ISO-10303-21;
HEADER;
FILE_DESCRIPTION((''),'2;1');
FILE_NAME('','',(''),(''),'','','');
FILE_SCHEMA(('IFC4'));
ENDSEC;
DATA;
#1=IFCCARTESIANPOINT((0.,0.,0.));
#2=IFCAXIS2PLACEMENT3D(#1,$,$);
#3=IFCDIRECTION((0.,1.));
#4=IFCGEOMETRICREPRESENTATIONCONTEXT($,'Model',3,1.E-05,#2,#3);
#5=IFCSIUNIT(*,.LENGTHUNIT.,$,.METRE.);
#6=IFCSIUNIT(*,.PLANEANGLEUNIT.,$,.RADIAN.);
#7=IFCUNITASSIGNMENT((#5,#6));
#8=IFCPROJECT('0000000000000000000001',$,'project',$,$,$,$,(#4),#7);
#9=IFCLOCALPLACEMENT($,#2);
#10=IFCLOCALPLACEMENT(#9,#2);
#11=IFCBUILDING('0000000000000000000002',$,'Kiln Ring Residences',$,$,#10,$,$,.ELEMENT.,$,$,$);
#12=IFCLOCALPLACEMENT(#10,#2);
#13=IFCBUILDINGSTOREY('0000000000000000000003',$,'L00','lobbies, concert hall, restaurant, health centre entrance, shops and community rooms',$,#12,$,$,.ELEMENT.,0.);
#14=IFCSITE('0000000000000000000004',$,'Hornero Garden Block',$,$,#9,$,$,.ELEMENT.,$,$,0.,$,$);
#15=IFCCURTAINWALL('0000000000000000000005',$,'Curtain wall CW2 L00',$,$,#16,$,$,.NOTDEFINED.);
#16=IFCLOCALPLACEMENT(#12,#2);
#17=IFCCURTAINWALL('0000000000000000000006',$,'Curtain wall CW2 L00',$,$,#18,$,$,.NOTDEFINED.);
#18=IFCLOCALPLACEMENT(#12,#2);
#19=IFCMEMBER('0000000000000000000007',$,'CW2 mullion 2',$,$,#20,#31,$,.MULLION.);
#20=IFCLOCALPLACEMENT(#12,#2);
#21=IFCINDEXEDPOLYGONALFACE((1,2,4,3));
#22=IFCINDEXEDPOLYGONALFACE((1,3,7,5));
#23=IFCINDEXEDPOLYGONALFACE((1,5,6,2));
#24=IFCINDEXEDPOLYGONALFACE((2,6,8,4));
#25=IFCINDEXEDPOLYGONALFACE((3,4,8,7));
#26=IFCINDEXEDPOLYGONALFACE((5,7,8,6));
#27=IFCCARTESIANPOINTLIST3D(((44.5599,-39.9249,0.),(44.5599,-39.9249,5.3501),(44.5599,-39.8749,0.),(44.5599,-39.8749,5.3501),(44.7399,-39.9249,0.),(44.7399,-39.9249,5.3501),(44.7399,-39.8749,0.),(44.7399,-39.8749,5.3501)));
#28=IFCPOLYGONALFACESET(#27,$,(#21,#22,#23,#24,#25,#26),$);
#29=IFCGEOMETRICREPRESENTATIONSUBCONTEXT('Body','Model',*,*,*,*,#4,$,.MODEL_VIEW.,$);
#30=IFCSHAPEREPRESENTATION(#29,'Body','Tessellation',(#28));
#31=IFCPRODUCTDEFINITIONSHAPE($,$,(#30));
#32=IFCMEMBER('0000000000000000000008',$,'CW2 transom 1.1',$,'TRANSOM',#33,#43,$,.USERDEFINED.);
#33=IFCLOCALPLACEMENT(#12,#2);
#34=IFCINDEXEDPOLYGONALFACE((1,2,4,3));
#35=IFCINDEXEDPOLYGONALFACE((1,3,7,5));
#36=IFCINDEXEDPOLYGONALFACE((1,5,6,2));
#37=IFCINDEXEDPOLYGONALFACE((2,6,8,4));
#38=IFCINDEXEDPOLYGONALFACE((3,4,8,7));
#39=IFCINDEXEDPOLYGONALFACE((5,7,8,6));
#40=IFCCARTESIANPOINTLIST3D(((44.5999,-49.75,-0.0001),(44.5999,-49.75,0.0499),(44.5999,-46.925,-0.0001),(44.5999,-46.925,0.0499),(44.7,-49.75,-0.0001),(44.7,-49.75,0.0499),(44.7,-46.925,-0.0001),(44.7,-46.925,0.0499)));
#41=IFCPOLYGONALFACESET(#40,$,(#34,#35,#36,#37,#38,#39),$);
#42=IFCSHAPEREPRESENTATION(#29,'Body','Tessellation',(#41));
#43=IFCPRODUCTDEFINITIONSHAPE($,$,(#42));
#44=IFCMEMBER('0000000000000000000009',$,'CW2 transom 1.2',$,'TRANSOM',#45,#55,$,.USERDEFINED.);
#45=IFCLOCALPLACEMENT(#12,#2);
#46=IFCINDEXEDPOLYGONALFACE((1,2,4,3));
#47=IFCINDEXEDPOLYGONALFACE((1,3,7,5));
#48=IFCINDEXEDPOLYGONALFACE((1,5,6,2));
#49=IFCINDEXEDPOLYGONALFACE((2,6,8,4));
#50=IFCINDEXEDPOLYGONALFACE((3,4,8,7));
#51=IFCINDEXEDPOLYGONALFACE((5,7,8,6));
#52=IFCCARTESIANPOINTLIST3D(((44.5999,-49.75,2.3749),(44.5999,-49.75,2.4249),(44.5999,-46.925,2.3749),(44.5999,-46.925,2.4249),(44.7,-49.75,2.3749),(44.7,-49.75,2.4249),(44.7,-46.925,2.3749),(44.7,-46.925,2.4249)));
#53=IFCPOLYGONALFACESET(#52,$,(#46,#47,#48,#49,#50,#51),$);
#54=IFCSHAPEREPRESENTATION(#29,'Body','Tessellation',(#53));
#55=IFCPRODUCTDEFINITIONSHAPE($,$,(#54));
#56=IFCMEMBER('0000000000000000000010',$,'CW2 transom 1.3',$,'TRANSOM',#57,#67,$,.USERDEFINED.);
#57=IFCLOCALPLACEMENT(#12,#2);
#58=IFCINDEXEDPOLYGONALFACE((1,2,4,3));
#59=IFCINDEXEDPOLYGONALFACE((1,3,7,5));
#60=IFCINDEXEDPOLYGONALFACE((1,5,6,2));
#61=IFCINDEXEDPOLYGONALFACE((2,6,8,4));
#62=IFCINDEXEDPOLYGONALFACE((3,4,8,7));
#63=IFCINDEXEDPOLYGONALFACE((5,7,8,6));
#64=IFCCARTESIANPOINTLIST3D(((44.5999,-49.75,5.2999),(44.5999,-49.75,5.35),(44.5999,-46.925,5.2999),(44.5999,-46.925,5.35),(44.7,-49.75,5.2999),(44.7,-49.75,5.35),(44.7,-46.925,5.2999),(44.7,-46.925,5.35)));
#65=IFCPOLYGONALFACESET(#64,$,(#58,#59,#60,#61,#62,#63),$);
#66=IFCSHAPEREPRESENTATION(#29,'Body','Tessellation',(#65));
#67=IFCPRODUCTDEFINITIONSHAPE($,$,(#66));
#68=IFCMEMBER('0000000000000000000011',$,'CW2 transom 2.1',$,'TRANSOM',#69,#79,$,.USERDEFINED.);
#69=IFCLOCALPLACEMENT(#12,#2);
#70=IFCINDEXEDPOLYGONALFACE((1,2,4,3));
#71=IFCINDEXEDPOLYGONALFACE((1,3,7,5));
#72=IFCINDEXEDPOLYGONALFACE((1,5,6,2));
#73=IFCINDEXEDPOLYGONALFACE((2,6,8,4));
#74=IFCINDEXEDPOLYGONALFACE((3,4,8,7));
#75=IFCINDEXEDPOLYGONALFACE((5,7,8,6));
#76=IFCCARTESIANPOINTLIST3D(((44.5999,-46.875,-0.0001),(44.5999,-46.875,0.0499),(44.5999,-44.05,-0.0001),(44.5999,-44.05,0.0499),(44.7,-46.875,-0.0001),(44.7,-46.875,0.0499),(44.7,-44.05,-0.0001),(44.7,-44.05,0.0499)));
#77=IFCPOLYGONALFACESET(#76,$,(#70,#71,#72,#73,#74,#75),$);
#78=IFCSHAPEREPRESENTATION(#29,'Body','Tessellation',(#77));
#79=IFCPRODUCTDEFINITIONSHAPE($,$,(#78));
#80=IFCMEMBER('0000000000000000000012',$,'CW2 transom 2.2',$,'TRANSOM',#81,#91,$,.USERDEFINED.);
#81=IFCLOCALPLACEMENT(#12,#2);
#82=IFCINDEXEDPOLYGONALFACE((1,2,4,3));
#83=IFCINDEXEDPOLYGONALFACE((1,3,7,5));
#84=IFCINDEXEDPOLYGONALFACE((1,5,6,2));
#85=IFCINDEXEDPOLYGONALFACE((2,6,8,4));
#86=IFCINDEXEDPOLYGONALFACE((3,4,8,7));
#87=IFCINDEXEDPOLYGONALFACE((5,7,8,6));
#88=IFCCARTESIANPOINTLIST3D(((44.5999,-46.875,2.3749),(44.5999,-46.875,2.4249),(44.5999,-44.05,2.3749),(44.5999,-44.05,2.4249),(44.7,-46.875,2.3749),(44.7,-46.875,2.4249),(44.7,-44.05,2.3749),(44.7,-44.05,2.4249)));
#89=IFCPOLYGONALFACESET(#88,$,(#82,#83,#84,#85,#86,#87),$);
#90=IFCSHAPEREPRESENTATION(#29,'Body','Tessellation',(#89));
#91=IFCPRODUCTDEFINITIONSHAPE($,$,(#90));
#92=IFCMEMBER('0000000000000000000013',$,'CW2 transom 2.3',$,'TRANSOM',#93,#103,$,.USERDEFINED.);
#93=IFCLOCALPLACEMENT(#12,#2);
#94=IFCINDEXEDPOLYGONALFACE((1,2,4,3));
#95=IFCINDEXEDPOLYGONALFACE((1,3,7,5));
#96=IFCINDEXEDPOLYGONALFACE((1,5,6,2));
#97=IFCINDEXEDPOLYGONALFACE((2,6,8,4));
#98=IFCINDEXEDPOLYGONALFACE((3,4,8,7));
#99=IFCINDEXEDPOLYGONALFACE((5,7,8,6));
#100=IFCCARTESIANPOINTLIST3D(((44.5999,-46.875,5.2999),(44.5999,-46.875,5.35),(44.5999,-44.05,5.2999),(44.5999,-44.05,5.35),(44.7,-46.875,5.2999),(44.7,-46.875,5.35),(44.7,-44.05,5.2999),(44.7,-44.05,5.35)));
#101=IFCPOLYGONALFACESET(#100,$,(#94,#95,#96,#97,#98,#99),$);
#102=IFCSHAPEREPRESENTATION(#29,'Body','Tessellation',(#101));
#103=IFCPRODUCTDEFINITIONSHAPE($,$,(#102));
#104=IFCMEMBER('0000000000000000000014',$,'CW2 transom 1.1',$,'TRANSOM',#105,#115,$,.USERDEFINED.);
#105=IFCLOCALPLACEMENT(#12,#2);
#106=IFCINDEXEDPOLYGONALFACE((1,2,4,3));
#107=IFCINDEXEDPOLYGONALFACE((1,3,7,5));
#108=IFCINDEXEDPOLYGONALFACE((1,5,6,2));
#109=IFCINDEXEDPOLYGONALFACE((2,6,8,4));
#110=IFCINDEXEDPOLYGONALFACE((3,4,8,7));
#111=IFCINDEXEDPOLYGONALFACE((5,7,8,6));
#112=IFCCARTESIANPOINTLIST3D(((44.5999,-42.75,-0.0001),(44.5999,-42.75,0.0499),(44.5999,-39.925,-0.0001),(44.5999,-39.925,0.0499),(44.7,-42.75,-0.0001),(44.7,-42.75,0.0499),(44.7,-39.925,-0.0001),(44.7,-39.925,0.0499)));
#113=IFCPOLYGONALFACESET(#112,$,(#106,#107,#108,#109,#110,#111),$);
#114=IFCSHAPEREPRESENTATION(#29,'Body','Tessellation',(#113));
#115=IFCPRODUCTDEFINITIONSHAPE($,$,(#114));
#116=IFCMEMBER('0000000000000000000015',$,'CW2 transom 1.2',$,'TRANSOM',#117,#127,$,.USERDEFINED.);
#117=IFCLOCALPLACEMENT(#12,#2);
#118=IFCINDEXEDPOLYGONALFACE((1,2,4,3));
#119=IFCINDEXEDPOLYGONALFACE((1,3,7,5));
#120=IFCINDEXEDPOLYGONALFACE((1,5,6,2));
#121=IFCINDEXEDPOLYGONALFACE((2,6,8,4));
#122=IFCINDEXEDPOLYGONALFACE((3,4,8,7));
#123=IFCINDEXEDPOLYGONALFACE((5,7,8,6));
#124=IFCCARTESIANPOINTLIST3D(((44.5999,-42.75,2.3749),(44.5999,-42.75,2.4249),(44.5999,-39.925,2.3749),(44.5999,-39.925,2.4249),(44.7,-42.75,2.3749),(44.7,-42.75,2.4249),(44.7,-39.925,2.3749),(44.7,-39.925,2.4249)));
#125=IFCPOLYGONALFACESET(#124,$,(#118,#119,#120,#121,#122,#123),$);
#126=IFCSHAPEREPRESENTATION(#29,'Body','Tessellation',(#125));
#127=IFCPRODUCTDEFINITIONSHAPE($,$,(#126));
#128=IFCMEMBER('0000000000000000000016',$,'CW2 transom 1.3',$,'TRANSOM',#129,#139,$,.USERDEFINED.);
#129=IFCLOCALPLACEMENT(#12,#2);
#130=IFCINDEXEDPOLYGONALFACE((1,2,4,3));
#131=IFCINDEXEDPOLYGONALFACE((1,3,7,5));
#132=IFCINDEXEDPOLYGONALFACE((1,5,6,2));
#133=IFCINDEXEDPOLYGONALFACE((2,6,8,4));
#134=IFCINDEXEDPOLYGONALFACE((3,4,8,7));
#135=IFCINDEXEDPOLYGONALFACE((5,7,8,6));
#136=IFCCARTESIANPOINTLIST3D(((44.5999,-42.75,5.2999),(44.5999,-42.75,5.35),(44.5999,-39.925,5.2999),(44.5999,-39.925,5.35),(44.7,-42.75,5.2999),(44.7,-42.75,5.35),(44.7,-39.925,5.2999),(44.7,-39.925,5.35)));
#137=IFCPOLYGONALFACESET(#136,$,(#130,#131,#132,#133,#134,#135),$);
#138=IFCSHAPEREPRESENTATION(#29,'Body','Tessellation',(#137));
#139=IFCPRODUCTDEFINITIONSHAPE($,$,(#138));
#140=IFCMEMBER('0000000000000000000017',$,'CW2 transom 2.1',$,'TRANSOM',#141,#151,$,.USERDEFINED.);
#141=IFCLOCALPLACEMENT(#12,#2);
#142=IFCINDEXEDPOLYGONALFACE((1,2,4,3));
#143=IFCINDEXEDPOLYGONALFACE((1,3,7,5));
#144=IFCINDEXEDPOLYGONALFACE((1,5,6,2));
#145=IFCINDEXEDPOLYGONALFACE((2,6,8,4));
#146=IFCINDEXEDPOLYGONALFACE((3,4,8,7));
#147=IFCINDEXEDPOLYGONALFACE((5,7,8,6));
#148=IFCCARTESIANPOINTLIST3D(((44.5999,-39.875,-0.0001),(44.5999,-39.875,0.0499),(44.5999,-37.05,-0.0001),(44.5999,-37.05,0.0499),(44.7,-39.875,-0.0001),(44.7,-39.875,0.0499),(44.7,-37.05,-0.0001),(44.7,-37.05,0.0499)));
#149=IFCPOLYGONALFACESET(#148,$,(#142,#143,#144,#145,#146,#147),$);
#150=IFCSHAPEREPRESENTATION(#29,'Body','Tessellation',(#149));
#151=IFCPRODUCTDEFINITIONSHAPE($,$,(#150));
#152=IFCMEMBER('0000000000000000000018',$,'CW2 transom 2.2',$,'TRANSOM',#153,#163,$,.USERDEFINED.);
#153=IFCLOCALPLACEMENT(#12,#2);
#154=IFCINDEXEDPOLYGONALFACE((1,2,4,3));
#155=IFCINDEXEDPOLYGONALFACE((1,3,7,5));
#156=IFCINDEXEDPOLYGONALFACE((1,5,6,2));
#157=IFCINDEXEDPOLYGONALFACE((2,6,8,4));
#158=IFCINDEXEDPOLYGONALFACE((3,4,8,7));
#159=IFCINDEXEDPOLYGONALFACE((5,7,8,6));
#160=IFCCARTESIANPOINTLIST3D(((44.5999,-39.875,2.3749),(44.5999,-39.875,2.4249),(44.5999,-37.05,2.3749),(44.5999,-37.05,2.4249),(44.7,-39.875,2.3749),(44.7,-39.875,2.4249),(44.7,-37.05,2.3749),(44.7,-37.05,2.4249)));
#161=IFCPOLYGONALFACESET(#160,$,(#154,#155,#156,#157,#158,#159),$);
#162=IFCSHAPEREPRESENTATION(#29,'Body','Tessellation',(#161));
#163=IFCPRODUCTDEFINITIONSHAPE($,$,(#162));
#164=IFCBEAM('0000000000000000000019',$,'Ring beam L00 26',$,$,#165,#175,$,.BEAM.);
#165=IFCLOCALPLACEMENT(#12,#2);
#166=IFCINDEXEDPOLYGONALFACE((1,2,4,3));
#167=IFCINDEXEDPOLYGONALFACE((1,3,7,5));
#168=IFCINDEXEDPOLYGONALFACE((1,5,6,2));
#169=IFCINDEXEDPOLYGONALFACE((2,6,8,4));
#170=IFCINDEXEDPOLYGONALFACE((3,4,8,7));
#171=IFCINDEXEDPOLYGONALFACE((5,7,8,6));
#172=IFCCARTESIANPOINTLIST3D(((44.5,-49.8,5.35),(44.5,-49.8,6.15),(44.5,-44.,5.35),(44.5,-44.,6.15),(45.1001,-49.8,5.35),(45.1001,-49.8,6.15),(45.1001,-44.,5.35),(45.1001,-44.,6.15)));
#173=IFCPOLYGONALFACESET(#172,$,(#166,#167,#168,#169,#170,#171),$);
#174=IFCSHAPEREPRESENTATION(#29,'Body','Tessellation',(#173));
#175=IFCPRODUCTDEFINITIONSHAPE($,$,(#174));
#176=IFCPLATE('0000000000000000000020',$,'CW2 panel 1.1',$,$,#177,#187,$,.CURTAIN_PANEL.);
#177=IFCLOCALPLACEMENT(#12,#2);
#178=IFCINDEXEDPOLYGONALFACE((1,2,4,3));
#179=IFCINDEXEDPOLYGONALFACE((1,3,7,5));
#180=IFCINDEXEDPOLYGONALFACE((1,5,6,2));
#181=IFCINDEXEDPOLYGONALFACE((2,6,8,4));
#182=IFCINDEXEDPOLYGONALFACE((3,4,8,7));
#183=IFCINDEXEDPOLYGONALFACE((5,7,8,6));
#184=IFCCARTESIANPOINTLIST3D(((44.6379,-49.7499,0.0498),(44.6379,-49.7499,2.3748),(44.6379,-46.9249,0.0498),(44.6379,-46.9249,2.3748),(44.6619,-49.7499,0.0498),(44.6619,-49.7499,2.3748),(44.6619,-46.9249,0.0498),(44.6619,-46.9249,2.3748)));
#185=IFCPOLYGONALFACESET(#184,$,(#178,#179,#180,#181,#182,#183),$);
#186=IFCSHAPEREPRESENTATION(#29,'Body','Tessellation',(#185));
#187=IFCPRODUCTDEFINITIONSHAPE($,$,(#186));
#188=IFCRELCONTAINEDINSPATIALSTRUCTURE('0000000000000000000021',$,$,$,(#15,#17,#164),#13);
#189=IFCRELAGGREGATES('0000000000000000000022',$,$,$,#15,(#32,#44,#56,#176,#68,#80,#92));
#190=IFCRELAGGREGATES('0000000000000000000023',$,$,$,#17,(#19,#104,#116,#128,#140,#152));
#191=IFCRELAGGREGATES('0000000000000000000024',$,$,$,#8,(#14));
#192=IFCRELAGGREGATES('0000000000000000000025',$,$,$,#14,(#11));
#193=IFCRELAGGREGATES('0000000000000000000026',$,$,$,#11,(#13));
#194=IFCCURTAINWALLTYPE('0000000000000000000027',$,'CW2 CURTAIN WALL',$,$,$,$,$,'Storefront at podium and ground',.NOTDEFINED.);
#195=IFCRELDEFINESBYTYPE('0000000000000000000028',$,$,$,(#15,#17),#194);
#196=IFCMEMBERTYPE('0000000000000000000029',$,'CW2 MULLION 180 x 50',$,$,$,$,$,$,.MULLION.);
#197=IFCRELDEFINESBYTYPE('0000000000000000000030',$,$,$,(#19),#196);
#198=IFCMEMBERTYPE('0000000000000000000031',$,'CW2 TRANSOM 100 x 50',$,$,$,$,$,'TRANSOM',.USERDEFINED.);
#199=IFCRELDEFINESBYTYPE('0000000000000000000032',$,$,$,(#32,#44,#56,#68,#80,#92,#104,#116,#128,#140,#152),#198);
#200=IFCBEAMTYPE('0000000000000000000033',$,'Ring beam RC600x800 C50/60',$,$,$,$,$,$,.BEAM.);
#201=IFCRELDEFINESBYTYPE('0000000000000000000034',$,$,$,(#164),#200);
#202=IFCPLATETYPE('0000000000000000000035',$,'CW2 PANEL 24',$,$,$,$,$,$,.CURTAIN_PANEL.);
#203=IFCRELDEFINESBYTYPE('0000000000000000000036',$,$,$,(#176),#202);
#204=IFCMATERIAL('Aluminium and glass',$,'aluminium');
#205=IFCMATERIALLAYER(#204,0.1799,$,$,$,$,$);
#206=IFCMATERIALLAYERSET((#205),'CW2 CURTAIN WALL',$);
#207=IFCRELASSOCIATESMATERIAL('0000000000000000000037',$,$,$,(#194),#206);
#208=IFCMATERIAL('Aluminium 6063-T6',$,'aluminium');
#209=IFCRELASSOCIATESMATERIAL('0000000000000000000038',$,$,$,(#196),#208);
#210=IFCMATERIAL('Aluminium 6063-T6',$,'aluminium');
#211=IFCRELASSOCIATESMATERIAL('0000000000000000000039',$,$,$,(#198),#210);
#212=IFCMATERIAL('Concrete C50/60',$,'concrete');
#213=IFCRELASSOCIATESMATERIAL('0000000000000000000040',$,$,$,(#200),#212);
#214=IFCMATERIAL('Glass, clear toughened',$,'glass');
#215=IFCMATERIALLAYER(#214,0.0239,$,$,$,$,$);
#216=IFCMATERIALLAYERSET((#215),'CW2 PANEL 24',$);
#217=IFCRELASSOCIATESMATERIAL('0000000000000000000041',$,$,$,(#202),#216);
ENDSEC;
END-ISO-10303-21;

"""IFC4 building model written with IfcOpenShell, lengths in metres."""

from ifc_helpers import new_model, si_unit, direction, frame, origin, origin_2d, place, context, subcontext, project, spatial, rectangle, extrude, material, layer, layer_set, material_profile, profile_set, type_object, element, aggregate, save


model = new_model("IFC4")

# Units and contexts
model_context = context("Model", 3, precision=1e-05, world=origin(), true_north=direction((0.0, 1.0)))
body_context = subcontext(model_context, "Body", "Model", "MODEL_VIEW")
ifc_project = project(units=[si_unit("LENGTHUNIT", "METRE"), si_unit("PLANEANGLEUNIT", "RADIAN")], contexts=[model_context])

# Site, building, storey
site_placement = place(None, origin())
site = spatial("IfcSite", under=ifc_project, at=site_placement, Name="Hornero Garden Block", CompositionType="ELEMENT", RefElevation=0.0)
building_placement = place(site_placement, origin())
building = spatial("IfcBuilding", under=site, at=building_placement, Name="Kiln Ring Residences", CompositionType="ELEMENT")
storey_placement = place(building_placement, origin())
storey = spatial("IfcBuildingStorey", under=building, at=storey_placement, Name="L00", Description="lobbies, concert hall, restaurant, health centre entrance, shops and community rooms", CompositionType="ELEMENT", Elevation=0.0)

# Curtain walls, member
ifc_material_1 = material(Name="Aluminium and glass", Category="aluminium")
ifc_layer_1 = layer(ifc_material_1, 0.1799)
ifc_layer_set_1 = layer_set([ifc_layer_1], Name="CW2 CURTAIN WALL")
curtain_wall_type = type_object("IfcCurtainWallType", Name="CW2 CURTAIN WALL", ElementType="Storefront at podium and ground", PredefinedType="NOTDEFINED", material=ifc_layer_set_1)
placement = place(storey_placement, origin())
curtain_wall_1 = element("IfcCurtainWall", 1, at=placement, inside=storey, type_object=curtain_wall_type, Name="Curtain wall CW2 L00", PredefinedType="NOTDEFINED")
ifc_material_2 = material(Name="Aluminium 6063-T6", Category="aluminium")
ifc_material_profile_1 = material_profile(ifc_material_2, rectangle(XDim=0.1799, YDim=0.05, at=origin_2d()), Name="AL 180x50")
ifc_profile_set_1 = profile_set([ifc_material_profile_1], Name="Aluminium 6063-T6")
member_type_1 = type_object("IfcMemberType", Name="CW2 MULLION 180 x 50", PredefinedType="MULLION", material=ifc_profile_set_1)
curtain_wall_2 = element("IfcCurtainWall", 2, at=placement, inside=storey, type_object=curtain_wall_type, Name="Curtain wall CW2 L00", PredefinedType="NOTDEFINED")
member_1_placement = place(storey_placement, frame((44.6499, -39.8999, 0.0), z_axis=(0.0, 0.0, 1.0), x_axis=(-1.0, 0.0, 0.0)))
member_1 = element("IfcMember", 3, at=member_1_placement, type_object=member_type_1, Name="CW2 mullion 2", PredefinedType="MULLION", context=body_context, shape_type="SweptSolid", body=[
    extrude(rectangle(XDim=0.1799, YDim=0.05, at=origin_2d()), origin(), (0.0, 0.0, 1.0), 5.3501),
])

# Members
ifc_material_3 = material(Name="Aluminium 6063-T6", Category="aluminium")
ifc_material_profile_2 = material_profile(ifc_material_3, rectangle(XDim=0.1001, YDim=0.05, at=origin_2d()), Name="AL 100x50")
ifc_profile_set_2 = profile_set([ifc_material_profile_2], Name="Aluminium 6063-T6")
member_type_2 = type_object("IfcMemberType", Name="CW2 TRANSOM 100 x 50", ElementType="TRANSOM", PredefinedType="USERDEFINED", material=ifc_profile_set_2)
member_2_placement = place(storey_placement, frame((44.6499, -49.75, 0.0249), z_axis=(0.0, 1.0, 0.0), x_axis=(-1.0, 0.0, 0.0)))
member_2 = element("IfcMember", 4, at=member_2_placement, type_object=member_type_2, Name="CW2 transom 1.1", ObjectType="TRANSOM", PredefinedType="USERDEFINED", context=body_context, shape_type="SweptSolid", body=[
    extrude(rectangle(XDim=0.1001, YDim=0.05, at=origin_2d()), origin(), (0.0, 0.0, 1.0), 2.825),
])
member_3_placement = place(storey_placement, frame((44.6499, -49.75, 2.3999), z_axis=(0.0, 1.0, 0.0), x_axis=(-1.0, 0.0, 0.0)))
member_3 = element("IfcMember", 5, at=member_3_placement, type_object=member_type_2, Name="CW2 transom 1.2", ObjectType="TRANSOM", PredefinedType="USERDEFINED", context=body_context, shape_type="SweptSolid", body=[
    extrude(rectangle(XDim=0.1001, YDim=0.05, at=origin_2d()), origin(), (0.0, 0.0, 1.0), 2.825),
])
member_4_placement = place(storey_placement, frame((44.6499, -49.75, 5.325), z_axis=(0.0, 1.0, 0.0), x_axis=(-1.0, 0.0, 0.0)))
member_4 = element("IfcMember", 6, at=member_4_placement, type_object=member_type_2, Name="CW2 transom 1.3", ObjectType="TRANSOM", PredefinedType="USERDEFINED", context=body_context, shape_type="SweptSolid", body=[
    extrude(rectangle(XDim=0.1001, YDim=0.05, at=origin_2d()), origin(), (0.0, 0.0, 1.0), 2.825),
])
member_5_placement = place(storey_placement, frame((44.6499, -46.875, 0.0249), z_axis=(0.0, 1.0, 0.0), x_axis=(-1.0, 0.0, 0.0)))
member_5 = element("IfcMember", 7, at=member_5_placement, type_object=member_type_2, Name="CW2 transom 2.1", ObjectType="TRANSOM", PredefinedType="USERDEFINED", context=body_context, shape_type="SweptSolid", body=[
    extrude(rectangle(XDim=0.1001, YDim=0.05, at=origin_2d()), origin(), (0.0, 0.0, 1.0), 2.825),
])
member_6_placement = place(storey_placement, frame((44.6499, -46.875, 2.3999), z_axis=(0.0, 1.0, 0.0), x_axis=(-1.0, 0.0, 0.0)))
member_6 = element("IfcMember", 8, at=member_6_placement, type_object=member_type_2, Name="CW2 transom 2.2", ObjectType="TRANSOM", PredefinedType="USERDEFINED", context=body_context, shape_type="SweptSolid", body=[
    extrude(rectangle(XDim=0.1001, YDim=0.05, at=origin_2d()), origin(), (0.0, 0.0, 1.0), 2.825),
])
member_7_placement = place(storey_placement, frame((44.6499, -46.875, 5.325), z_axis=(0.0, 1.0, 0.0), x_axis=(-1.0, 0.0, 0.0)))
member_7 = element("IfcMember", 9, at=member_7_placement, type_object=member_type_2, Name="CW2 transom 2.3", ObjectType="TRANSOM", PredefinedType="USERDEFINED", context=body_context, shape_type="SweptSolid", body=[
    extrude(rectangle(XDim=0.1001, YDim=0.05, at=origin_2d()), origin(), (0.0, 0.0, 1.0), 2.825),
])
member_8_placement = place(storey_placement, frame((44.6499, -42.75, 0.0249), z_axis=(0.0, 1.0, 0.0), x_axis=(-1.0, 0.0, 0.0)))
member_8 = element("IfcMember", 10, at=member_8_placement, type_object=member_type_2, Name="CW2 transom 1.1", ObjectType="TRANSOM", PredefinedType="USERDEFINED", context=body_context, shape_type="SweptSolid", body=[
    extrude(rectangle(XDim=0.1001, YDim=0.05, at=origin_2d()), origin(), (0.0, 0.0, 1.0), 2.825),
])
member_9_placement = place(storey_placement, frame((44.6499, -42.75, 2.3999), z_axis=(0.0, 1.0, 0.0), x_axis=(-1.0, 0.0, 0.0)))
member_9 = element("IfcMember", 11, at=member_9_placement, type_object=member_type_2, Name="CW2 transom 1.2", ObjectType="TRANSOM", PredefinedType="USERDEFINED", context=body_context, shape_type="SweptSolid", body=[
    extrude(rectangle(XDim=0.1001, YDim=0.05, at=origin_2d()), origin(), (0.0, 0.0, 1.0), 2.825),
])
member_10_placement = place(storey_placement, frame((44.6499, -42.75, 5.325), z_axis=(0.0, 1.0, 0.0), x_axis=(-1.0, 0.0, 0.0)))
member_10 = element("IfcMember", 12, at=member_10_placement, type_object=member_type_2, Name="CW2 transom 1.3", ObjectType="TRANSOM", PredefinedType="USERDEFINED", context=body_context, shape_type="SweptSolid", body=[
    extrude(rectangle(XDim=0.1001, YDim=0.05, at=origin_2d()), origin(), (0.0, 0.0, 1.0), 2.825),
])
member_11_placement = place(storey_placement, frame((44.6499, -39.875, 0.0249), z_axis=(0.0, 1.0, 0.0), x_axis=(-1.0, 0.0, 0.0)))
member_11 = element("IfcMember", 13, at=member_11_placement, type_object=member_type_2, Name="CW2 transom 2.1", ObjectType="TRANSOM", PredefinedType="USERDEFINED", context=body_context, shape_type="SweptSolid", body=[
    extrude(rectangle(XDim=0.1001, YDim=0.05, at=origin_2d()), origin(), (0.0, 0.0, 1.0), 2.825),
])
member_12_placement = place(storey_placement, frame((44.6499, -39.875, 2.3999), z_axis=(0.0, 1.0, 0.0), x_axis=(-1.0, 0.0, 0.0)))
member_12 = element("IfcMember", 14, at=member_12_placement, type_object=member_type_2, Name="CW2 transom 2.2", ObjectType="TRANSOM", PredefinedType="USERDEFINED", context=body_context, shape_type="SweptSolid", body=[
    extrude(rectangle(XDim=0.1001, YDim=0.05, at=origin_2d()), origin(), (0.0, 0.0, 1.0), 2.825),
])

# Beam
ifc_material_4 = material(Name="Concrete C50/60", Category="concrete")
ifc_material_profile_3 = material_profile(ifc_material_4, rectangle(XDim=0.6001, YDim=0.8, at=origin_2d()), Name="RC600x800")
ifc_profile_set_3 = profile_set([ifc_material_profile_3], Name="Concrete C50/60")
beam_type = type_object("IfcBeamType", Name="Ring beam RC600x800 C50/60", PredefinedType="BEAM", material=ifc_profile_set_3)
beam_placement = place(storey_placement, frame((44.8, -44.0, 5.75), z_axis=(0.0, -1.0, 0.0), x_axis=(1.0, 0.0, 0.0)))
element("IfcBeam", 15, at=beam_placement, inside=storey, type_object=beam_type, Name="Ring beam L00 26", PredefinedType="BEAM", context=body_context, shape_type="SweptSolid", body=[
    extrude(rectangle(XDim=0.6001, YDim=0.8, at=origin_2d()), origin(), (0.0, 0.0, 1.0), 5.8),
])

# Plate
ifc_material_5 = material(Name="Glass, clear toughened", Category="glass")
ifc_layer_2 = layer(ifc_material_5, 0.0239)
ifc_layer_set_2 = layer_set([ifc_layer_2], Name="CW2 PANEL 24")
plate_type = type_object("IfcPlateType", Name="CW2 PANEL 24", PredefinedType="CURTAIN_PANEL", material=ifc_layer_set_2)
plate_1_placement = place(storey_placement, frame((44.6499, -48.3374, 0.0498), z_axis=(0.0, 0.0, 1.0), x_axis=(0.0, 1.0, 0.0)))
plate_1 = element("IfcPlate", 16, at=plate_1_placement, type_object=plate_type, Name="CW2 panel 1.1", PredefinedType="CURTAIN_PANEL", context=body_context, shape_type="SweptSolid", body=[
    extrude(rectangle(XDim=2.825, YDim=0.0239, at=origin_2d()), origin(), (0.0, 0.0, 1.0), 2.325),
])
aggregate(curtain_wall_1, [member_2, member_3, member_4, plate_1, member_5, member_6, member_7])
aggregate(curtain_wall_2, [member_1, member_8, member_9, member_10, member_11, member_12])

save(model, "model.ifc")
